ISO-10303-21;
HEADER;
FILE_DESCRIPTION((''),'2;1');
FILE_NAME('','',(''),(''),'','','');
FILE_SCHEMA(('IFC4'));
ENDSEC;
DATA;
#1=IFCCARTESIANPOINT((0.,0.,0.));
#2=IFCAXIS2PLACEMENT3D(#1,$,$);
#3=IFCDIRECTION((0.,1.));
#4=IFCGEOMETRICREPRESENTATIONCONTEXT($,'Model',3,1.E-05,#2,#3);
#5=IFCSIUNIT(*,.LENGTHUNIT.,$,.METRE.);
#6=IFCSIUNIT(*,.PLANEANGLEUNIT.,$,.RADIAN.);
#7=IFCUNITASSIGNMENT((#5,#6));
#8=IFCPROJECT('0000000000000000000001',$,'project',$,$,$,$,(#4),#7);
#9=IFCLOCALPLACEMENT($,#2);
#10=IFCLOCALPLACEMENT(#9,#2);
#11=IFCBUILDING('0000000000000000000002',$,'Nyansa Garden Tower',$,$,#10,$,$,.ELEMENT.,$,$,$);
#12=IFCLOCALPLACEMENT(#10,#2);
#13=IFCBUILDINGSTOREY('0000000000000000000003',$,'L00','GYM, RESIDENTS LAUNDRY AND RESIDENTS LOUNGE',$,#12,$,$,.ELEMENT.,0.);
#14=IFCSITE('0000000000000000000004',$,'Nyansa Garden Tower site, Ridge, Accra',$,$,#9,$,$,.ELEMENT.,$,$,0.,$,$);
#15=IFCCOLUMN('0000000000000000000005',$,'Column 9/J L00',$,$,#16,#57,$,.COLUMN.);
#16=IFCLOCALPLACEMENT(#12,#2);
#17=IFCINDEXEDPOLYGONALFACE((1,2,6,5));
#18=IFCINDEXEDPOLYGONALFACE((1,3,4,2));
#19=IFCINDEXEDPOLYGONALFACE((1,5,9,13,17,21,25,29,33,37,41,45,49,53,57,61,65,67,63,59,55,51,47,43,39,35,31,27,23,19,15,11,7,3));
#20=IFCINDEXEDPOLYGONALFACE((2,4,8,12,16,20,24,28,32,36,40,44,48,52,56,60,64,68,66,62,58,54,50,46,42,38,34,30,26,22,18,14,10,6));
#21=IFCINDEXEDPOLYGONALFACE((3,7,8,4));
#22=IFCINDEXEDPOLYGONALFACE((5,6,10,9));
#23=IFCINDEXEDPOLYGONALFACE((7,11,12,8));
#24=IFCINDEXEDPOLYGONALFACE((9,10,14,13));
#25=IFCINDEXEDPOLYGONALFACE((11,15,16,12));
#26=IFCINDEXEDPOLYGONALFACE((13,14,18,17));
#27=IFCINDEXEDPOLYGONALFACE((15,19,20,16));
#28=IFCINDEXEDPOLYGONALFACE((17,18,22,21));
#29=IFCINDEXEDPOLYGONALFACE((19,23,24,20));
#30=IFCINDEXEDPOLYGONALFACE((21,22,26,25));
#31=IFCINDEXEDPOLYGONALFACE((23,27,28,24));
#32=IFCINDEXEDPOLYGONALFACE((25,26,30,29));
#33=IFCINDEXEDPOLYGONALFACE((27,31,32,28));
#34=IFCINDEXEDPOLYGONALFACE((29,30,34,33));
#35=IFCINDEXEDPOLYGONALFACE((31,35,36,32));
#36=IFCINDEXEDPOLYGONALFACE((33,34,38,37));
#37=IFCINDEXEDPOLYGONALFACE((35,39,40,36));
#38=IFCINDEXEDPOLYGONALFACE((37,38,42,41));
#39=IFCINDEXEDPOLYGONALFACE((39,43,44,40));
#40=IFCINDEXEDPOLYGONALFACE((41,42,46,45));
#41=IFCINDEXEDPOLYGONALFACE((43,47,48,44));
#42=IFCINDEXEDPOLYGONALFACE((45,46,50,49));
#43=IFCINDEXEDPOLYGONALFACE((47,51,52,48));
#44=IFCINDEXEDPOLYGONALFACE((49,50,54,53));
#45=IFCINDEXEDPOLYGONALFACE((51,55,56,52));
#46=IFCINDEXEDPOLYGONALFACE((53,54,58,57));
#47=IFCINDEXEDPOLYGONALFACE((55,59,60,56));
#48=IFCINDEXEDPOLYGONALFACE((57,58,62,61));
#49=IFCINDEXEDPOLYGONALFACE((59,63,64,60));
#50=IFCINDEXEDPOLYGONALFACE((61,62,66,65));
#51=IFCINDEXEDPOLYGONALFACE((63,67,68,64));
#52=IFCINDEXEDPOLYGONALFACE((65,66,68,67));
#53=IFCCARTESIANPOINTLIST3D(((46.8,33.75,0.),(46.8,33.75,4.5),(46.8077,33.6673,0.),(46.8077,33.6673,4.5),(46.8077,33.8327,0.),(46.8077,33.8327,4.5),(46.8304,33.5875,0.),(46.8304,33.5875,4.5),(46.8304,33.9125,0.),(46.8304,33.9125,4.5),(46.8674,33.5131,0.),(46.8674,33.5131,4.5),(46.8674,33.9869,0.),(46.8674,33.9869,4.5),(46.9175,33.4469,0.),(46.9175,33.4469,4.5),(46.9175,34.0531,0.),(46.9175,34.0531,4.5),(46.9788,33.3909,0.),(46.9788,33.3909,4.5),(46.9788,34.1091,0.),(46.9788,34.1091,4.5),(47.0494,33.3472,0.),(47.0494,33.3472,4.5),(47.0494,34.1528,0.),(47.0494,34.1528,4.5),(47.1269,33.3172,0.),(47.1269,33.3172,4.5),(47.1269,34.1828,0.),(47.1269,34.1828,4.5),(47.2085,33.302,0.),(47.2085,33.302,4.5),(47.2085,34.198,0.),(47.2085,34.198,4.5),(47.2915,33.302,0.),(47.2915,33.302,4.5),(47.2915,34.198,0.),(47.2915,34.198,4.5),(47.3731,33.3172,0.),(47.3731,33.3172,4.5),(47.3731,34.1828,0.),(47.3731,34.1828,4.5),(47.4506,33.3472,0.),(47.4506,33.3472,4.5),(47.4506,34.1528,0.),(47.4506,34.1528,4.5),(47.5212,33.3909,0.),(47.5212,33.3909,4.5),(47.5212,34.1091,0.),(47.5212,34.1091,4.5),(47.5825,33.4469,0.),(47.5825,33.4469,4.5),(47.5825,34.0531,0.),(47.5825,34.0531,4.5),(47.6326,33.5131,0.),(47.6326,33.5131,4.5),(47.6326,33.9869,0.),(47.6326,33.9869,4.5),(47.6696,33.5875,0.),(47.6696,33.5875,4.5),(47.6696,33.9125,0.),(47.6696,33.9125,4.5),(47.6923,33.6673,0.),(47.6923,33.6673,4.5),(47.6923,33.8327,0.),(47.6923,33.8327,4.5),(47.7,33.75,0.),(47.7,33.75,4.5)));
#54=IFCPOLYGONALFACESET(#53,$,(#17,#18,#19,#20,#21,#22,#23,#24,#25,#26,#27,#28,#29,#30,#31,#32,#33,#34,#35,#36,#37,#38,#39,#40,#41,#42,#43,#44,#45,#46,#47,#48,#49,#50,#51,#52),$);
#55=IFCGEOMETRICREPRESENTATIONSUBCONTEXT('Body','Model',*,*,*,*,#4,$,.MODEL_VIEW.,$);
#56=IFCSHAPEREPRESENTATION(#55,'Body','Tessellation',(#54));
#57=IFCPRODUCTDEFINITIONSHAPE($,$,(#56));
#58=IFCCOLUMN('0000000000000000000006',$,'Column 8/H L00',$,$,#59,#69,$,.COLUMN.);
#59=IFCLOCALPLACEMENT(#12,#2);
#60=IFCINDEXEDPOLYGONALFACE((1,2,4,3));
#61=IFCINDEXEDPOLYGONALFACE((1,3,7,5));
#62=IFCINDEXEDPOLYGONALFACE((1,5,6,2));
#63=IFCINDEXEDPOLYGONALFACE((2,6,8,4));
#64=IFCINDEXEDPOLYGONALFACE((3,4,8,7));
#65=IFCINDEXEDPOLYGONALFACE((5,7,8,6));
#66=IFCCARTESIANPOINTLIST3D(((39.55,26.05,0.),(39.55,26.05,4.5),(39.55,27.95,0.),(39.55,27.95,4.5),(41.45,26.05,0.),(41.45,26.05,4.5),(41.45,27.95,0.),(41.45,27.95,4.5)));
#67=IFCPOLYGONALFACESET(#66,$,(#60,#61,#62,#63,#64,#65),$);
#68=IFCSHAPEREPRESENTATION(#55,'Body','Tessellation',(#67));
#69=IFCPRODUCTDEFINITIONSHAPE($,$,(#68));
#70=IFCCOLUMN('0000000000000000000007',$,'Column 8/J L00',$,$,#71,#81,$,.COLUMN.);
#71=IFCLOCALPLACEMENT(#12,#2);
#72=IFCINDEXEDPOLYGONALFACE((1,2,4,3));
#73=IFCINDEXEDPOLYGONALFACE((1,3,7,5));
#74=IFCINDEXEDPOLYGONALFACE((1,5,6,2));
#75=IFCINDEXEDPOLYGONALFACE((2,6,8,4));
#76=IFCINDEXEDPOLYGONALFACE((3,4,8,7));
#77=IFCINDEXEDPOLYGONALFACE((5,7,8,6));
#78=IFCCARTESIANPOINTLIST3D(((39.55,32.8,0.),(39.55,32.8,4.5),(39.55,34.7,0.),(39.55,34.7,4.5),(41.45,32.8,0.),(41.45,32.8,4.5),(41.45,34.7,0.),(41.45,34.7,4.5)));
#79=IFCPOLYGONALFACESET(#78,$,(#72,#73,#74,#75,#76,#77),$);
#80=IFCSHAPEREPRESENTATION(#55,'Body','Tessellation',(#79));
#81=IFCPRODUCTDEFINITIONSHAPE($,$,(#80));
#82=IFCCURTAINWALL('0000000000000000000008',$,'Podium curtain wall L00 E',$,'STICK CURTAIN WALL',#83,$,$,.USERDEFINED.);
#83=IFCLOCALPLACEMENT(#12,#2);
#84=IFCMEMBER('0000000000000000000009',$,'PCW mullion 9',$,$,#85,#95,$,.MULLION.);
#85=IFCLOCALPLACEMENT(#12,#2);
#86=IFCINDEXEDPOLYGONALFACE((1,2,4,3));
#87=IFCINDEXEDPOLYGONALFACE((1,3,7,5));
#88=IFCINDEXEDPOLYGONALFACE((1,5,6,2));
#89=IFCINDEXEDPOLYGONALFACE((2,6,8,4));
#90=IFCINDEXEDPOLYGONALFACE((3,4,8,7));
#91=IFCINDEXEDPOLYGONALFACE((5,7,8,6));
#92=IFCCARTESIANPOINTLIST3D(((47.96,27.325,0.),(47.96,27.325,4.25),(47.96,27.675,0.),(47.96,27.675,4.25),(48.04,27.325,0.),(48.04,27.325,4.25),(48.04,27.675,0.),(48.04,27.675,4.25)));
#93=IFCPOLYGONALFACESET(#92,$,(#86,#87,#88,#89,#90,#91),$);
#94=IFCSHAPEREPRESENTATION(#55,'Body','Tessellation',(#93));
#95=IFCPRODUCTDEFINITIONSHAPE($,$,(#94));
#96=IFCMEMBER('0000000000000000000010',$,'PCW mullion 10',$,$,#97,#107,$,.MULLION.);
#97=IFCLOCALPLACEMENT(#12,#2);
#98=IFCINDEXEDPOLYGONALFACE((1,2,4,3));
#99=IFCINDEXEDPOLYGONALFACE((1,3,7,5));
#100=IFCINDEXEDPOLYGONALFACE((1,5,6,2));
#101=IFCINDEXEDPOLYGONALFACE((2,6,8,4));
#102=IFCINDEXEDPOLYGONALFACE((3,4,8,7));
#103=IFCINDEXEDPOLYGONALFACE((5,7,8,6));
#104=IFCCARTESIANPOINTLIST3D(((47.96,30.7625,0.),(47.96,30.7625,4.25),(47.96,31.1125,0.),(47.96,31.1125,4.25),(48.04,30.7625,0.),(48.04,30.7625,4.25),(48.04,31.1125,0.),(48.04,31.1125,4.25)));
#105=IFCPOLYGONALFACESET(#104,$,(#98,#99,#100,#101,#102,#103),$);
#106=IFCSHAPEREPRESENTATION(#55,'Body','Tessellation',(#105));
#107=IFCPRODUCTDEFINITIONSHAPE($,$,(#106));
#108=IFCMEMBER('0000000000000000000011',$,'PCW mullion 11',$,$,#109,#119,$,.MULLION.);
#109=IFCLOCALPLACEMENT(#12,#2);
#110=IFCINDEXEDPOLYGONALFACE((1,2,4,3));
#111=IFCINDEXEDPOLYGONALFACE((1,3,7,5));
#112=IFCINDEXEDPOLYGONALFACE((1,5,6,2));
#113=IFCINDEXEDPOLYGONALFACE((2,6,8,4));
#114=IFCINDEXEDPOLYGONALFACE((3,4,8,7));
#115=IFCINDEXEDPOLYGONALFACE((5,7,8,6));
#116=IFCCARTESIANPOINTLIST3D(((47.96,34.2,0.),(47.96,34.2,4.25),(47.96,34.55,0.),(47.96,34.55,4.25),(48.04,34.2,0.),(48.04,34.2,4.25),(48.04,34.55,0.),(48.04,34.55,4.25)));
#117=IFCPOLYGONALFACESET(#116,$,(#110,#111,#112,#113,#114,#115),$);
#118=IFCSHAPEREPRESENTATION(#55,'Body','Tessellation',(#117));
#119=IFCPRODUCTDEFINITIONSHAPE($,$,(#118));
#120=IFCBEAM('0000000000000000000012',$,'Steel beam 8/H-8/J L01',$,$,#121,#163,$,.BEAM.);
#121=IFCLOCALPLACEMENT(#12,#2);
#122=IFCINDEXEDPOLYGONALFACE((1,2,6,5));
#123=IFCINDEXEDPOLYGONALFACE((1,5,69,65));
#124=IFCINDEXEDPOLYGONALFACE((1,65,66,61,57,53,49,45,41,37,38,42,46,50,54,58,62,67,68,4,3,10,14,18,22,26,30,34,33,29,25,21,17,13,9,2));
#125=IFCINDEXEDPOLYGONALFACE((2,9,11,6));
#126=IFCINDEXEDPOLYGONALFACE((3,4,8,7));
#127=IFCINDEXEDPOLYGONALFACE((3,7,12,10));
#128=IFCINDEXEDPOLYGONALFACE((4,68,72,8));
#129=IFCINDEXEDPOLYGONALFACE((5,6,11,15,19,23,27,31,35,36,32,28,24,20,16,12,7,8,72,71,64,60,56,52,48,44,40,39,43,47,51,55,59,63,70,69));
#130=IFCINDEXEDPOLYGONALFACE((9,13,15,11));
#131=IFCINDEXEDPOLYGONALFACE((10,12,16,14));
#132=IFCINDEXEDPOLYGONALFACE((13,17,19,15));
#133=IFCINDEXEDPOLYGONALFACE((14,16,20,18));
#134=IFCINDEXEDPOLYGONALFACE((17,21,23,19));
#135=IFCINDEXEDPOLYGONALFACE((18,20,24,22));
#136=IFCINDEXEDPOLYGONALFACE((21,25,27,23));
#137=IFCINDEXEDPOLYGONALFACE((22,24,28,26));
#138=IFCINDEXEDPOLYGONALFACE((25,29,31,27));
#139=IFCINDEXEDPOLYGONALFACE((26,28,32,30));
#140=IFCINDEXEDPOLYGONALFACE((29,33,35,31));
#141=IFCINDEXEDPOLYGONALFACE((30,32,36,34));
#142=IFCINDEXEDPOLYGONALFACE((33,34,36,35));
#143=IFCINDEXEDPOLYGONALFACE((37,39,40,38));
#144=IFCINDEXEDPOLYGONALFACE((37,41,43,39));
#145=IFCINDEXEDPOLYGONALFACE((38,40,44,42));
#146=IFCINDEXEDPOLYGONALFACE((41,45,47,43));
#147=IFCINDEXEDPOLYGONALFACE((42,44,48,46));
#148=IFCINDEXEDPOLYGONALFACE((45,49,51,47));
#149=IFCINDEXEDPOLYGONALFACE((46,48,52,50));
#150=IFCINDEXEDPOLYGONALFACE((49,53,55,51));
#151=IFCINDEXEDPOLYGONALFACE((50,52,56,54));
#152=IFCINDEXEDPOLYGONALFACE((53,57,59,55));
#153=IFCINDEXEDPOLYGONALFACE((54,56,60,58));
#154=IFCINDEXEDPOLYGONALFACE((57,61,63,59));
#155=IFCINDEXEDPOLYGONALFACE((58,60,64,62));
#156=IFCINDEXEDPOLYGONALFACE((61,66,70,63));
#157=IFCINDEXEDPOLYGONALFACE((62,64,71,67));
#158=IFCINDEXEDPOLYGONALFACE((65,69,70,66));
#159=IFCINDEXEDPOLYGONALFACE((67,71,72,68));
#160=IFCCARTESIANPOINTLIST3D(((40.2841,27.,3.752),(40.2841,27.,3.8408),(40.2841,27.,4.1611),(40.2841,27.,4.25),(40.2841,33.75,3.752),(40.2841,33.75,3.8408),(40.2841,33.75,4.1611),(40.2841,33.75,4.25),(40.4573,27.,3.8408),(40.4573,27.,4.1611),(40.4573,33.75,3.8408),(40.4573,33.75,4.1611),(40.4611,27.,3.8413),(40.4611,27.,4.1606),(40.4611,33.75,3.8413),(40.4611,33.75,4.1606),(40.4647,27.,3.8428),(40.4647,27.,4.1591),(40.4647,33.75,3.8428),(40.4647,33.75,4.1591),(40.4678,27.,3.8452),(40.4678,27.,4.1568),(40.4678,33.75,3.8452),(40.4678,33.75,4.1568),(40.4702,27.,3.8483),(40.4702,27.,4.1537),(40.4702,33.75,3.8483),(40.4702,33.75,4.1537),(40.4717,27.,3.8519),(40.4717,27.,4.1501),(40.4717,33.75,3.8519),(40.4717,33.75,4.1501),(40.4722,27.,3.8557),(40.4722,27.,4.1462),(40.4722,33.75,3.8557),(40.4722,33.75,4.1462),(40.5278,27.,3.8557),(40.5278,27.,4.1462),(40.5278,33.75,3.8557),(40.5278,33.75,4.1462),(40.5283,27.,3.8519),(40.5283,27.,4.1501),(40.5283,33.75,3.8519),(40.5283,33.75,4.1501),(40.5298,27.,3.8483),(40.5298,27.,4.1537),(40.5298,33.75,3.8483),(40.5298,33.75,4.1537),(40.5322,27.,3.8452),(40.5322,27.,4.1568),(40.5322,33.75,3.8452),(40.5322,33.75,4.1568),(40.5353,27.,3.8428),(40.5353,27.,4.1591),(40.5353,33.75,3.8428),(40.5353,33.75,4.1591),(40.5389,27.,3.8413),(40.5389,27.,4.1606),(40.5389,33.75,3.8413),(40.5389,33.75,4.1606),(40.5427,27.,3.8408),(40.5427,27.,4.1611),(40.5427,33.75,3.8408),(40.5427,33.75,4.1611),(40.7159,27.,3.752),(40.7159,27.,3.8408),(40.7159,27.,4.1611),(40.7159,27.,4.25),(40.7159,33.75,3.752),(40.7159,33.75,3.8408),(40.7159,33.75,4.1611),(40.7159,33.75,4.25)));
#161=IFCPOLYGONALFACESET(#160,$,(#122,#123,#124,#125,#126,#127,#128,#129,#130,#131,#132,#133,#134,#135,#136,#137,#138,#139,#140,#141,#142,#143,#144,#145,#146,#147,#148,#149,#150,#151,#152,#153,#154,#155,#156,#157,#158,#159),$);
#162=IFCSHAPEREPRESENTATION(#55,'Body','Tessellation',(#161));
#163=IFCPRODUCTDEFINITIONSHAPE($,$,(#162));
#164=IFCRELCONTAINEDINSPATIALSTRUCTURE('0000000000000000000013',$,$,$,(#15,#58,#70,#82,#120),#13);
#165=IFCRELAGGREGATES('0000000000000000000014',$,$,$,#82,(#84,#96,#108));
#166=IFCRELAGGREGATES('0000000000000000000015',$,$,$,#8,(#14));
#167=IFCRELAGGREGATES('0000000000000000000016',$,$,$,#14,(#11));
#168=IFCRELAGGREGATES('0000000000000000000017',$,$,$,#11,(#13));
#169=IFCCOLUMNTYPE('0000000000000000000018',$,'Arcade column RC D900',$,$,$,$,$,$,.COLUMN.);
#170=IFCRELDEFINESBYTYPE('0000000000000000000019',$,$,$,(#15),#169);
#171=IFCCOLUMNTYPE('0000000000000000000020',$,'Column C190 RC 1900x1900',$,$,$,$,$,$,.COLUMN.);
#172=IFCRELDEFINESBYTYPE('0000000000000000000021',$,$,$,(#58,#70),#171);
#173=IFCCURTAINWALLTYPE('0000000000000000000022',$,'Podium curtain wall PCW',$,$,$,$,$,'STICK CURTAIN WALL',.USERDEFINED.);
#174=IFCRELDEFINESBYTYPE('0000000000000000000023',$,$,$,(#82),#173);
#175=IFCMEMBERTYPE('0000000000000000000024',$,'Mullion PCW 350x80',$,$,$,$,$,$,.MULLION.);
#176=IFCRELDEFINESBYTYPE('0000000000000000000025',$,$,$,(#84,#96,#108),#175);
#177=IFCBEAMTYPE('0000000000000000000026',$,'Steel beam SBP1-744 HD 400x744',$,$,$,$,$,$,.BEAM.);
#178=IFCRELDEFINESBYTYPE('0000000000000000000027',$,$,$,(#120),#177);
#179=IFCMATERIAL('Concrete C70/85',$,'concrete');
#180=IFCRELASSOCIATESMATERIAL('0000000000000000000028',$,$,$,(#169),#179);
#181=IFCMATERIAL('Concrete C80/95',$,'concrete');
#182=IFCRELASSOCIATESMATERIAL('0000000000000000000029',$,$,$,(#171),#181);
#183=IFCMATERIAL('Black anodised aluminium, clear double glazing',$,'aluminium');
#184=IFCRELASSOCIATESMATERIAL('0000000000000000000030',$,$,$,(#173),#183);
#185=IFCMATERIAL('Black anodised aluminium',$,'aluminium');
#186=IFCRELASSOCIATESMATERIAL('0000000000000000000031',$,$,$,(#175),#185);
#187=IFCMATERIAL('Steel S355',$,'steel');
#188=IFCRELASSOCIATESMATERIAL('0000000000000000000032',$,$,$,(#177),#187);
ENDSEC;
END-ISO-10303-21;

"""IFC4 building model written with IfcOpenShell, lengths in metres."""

from ifc_helpers import new_model, si_unit, direction, frame, origin, origin_2d, place, context, subcontext, project, spatial, rectangle, circle, i_section, extrude, material, material_profile, profile_set, type_object, element, aggregate, save


model = new_model("IFC4")

# Units and contexts
model_context = context("Model", 3, precision=1e-05, world=origin(), true_north=direction((0.0, 1.0)))
body_context = subcontext(model_context, "Body", "Model", "MODEL_VIEW")
ifc_project = project(units=[si_unit("LENGTHUNIT", "METRE"), si_unit("PLANEANGLEUNIT", "RADIAN")], contexts=[model_context])

# Site, building, storey
site_placement = place(None, origin())
site = spatial("IfcSite", under=ifc_project, at=site_placement, Name="Nyansa Garden Tower site, Ridge, Accra", CompositionType="ELEMENT", RefElevation=0.0)
building_placement = place(site_placement, origin())
building = spatial("IfcBuilding", under=site, at=building_placement, Name="Nyansa Garden Tower", CompositionType="ELEMENT")
storey_placement = place(building_placement, origin())
storey = spatial("IfcBuildingStorey", under=building, at=storey_placement, Name="L00", Description="GYM, RESIDENTS LAUNDRY AND RESIDENTS LOUNGE", CompositionType="ELEMENT", Elevation=0.0)

# Columns
ifc_material_1 = material(Name="Concrete C70/85", Category="concrete")
ifc_material_profile_1 = material_profile(ifc_material_1, circle(Radius=0.45, at=origin_2d()), Name="RC D900")
ifc_profile_set_1 = profile_set([ifc_material_profile_1], Name="Concrete C70/85")
column_type_1 = type_object("IfcColumnType", Name="Arcade column RC D900", PredefinedType="COLUMN", material=ifc_profile_set_1)
for number, where, z_axis, x_axis, name in (
    (1, (47.25, 33.75, 0.0), (0.0, 0.0, 1.0), (1.0, 0.0, 0.0), "Column 9/J L00"),
):
    element("IfcColumn", number, at=place(storey_placement, frame(where, z_axis=z_axis, x_axis=x_axis)), inside=storey, type_object=column_type_1, Name=name, PredefinedType="COLUMN", context=body_context, shape_type="SweptSolid", body=[
        extrude(circle(Radius=0.45, at=origin_2d()), origin(), (0.0, 0.0, 1.0), 4.5),
    ])
ifc_material_2 = material(Name="Concrete C80/95", Category="concrete")
ifc_material_profile_2 = material_profile(ifc_material_2, rectangle(XDim=1.8999, YDim=1.8999, at=origin_2d()), Name="RC 1900x1900")
ifc_profile_set_2 = profile_set([ifc_material_profile_2], Name="Concrete C80/95")
column_type_2 = type_object("IfcColumnType", Name="Column C190 RC 1900x1900", PredefinedType="COLUMN", material=ifc_profile_set_2)
for number, where, z_axis, x_axis, name in (
    (2, (40.5, 27.0, 0.0), (0.0, 0.0, 1.0), (1.0, 0.0, 0.0), "Column 8/H L00"),
    (3, (40.5, 33.75, 0.0), (0.0, 0.0, 1.0), (1.0, 0.0, 0.0), "Column 8/J L00"),
):
    element("IfcColumn", number, at=place(storey_placement, frame(where, z_axis=z_axis, x_axis=x_axis)), inside=storey, type_object=column_type_2, Name=name, PredefinedType="COLUMN", context=body_context, shape_type="SweptSolid", body=[
        extrude(rectangle(XDim=1.8999, YDim=1.8999, at=origin_2d()), origin(), (0.0, 0.0, 1.0), 4.5),
    ])

# Curtain wall, members
ifc_material_3 = material(Name="Black anodised aluminium, clear double glazing", Category="aluminium")
curtain_wall_type = type_object("IfcCurtainWallType", Name="Podium curtain wall PCW", ElementType="STICK CURTAIN WALL", PredefinedType="USERDEFINED", material=ifc_material_3)
curtain_wall_placement = place(storey_placement, origin())
curtain_wall = element("IfcCurtainWall", 4, at=curtain_wall_placement, inside=storey, type_object=curtain_wall_type, Name="Podium curtain wall L00 E", ObjectType="STICK CURTAIN WALL", PredefinedType="USERDEFINED")
ifc_material_4 = material(Name="Black anodised aluminium", Category="aluminium")
ifc_material_profile_3 = material_profile(ifc_material_4, rectangle(XDim=0.0801, YDim=0.3501, at=origin_2d()), Name="Mullion 350x80")
ifc_profile_set_3 = profile_set([ifc_material_profile_3], Name="Black anodised aluminium")
member_type_1 = type_object("IfcMemberType", Name="Mullion PCW 350x80", PredefinedType="MULLION", material=ifc_profile_set_3)
member_1_placement = place(storey_placement, frame((48.0, 27.5, 0.0), z_axis=(0.0, 0.0, 1.0), x_axis=(-1.0, 0.0, 0.0)))
member_1 = element("IfcMember", 5, at=member_1_placement, type_object=member_type_1, Name="PCW mullion 9", PredefinedType="MULLION", context=body_context, shape_type="SweptSolid", body=[
    extrude(rectangle(XDim=0.0801, YDim=0.3501, at=origin_2d()), origin(), (0.0, 0.0, 1.0), 4.25),
])
member_2_placement = place(storey_placement, frame((48.0, 30.9375, 0.0), z_axis=(0.0, 0.0, 1.0), x_axis=(-1.0, 0.0, 0.0)))
member_2 = element("IfcMember", 6, at=member_2_placement, type_object=member_type_1, Name="PCW mullion 10", PredefinedType="MULLION", context=body_context, shape_type="SweptSolid", body=[
    extrude(rectangle(XDim=0.0801, YDim=0.3501, at=origin_2d()), origin(), (0.0, 0.0, 1.0), 4.25),
])
member_3_placement = place(storey_placement, frame((48.0, 34.375, 0.0), z_axis=(0.0, 0.0, 1.0), x_axis=(-1.0, 0.0, 0.0)))
member_3 = element("IfcMember", 7, at=member_3_placement, type_object=member_type_1, Name="PCW mullion 11", PredefinedType="MULLION", context=body_context, shape_type="SweptSolid", body=[
    extrude(rectangle(XDim=0.0801, YDim=0.3501, at=origin_2d()), origin(), (0.0, 0.0, 1.0), 4.25),
])

# Beam
ifc_material_5 = material(Name="Steel S355", Category="steel")
ifc_material_profile_4 = material_profile(ifc_material_5, i_section(OverallWidth=0.4319, OverallDepth=0.498, WebThickness=0.0557, FlangeThickness=0.0889, FilletRadius=0.0149, at=origin_2d()), Name="HD 400x744")
ifc_profile_set_4 = profile_set([ifc_material_profile_4], Name="Steel S355")
beam_type_1 = type_object("IfcBeamType", Name="Steel beam SBP1-744 HD 400x744", PredefinedType="BEAM", material=ifc_profile_set_4)
for number, where, z_axis, x_axis, name in (
    (8, (40.5, 27.0, 4.001), (0.0, 1.0, 0.0), (-1.0, 0.0, 0.0), "Steel beam 8/H-8/J L01"),
):
    element("IfcBeam", number, at=place(storey_placement, frame(where, z_axis=z_axis, x_axis=x_axis)), inside=storey, type_object=beam_type_1, Name=name, PredefinedType="BEAM", context=body_context, shape_type="SweptSolid", body=[
        extrude(i_section(OverallWidth=0.4319, OverallDepth=0.498, WebThickness=0.0557, FlangeThickness=0.0889, FilletRadius=0.0149, at=origin_2d()), origin(), (0.0, 0.0, 1.0), 6.75),
    ])

aggregate(curtain_wall, [member_1, member_2, member_3])

save(model, "model.ifc")
